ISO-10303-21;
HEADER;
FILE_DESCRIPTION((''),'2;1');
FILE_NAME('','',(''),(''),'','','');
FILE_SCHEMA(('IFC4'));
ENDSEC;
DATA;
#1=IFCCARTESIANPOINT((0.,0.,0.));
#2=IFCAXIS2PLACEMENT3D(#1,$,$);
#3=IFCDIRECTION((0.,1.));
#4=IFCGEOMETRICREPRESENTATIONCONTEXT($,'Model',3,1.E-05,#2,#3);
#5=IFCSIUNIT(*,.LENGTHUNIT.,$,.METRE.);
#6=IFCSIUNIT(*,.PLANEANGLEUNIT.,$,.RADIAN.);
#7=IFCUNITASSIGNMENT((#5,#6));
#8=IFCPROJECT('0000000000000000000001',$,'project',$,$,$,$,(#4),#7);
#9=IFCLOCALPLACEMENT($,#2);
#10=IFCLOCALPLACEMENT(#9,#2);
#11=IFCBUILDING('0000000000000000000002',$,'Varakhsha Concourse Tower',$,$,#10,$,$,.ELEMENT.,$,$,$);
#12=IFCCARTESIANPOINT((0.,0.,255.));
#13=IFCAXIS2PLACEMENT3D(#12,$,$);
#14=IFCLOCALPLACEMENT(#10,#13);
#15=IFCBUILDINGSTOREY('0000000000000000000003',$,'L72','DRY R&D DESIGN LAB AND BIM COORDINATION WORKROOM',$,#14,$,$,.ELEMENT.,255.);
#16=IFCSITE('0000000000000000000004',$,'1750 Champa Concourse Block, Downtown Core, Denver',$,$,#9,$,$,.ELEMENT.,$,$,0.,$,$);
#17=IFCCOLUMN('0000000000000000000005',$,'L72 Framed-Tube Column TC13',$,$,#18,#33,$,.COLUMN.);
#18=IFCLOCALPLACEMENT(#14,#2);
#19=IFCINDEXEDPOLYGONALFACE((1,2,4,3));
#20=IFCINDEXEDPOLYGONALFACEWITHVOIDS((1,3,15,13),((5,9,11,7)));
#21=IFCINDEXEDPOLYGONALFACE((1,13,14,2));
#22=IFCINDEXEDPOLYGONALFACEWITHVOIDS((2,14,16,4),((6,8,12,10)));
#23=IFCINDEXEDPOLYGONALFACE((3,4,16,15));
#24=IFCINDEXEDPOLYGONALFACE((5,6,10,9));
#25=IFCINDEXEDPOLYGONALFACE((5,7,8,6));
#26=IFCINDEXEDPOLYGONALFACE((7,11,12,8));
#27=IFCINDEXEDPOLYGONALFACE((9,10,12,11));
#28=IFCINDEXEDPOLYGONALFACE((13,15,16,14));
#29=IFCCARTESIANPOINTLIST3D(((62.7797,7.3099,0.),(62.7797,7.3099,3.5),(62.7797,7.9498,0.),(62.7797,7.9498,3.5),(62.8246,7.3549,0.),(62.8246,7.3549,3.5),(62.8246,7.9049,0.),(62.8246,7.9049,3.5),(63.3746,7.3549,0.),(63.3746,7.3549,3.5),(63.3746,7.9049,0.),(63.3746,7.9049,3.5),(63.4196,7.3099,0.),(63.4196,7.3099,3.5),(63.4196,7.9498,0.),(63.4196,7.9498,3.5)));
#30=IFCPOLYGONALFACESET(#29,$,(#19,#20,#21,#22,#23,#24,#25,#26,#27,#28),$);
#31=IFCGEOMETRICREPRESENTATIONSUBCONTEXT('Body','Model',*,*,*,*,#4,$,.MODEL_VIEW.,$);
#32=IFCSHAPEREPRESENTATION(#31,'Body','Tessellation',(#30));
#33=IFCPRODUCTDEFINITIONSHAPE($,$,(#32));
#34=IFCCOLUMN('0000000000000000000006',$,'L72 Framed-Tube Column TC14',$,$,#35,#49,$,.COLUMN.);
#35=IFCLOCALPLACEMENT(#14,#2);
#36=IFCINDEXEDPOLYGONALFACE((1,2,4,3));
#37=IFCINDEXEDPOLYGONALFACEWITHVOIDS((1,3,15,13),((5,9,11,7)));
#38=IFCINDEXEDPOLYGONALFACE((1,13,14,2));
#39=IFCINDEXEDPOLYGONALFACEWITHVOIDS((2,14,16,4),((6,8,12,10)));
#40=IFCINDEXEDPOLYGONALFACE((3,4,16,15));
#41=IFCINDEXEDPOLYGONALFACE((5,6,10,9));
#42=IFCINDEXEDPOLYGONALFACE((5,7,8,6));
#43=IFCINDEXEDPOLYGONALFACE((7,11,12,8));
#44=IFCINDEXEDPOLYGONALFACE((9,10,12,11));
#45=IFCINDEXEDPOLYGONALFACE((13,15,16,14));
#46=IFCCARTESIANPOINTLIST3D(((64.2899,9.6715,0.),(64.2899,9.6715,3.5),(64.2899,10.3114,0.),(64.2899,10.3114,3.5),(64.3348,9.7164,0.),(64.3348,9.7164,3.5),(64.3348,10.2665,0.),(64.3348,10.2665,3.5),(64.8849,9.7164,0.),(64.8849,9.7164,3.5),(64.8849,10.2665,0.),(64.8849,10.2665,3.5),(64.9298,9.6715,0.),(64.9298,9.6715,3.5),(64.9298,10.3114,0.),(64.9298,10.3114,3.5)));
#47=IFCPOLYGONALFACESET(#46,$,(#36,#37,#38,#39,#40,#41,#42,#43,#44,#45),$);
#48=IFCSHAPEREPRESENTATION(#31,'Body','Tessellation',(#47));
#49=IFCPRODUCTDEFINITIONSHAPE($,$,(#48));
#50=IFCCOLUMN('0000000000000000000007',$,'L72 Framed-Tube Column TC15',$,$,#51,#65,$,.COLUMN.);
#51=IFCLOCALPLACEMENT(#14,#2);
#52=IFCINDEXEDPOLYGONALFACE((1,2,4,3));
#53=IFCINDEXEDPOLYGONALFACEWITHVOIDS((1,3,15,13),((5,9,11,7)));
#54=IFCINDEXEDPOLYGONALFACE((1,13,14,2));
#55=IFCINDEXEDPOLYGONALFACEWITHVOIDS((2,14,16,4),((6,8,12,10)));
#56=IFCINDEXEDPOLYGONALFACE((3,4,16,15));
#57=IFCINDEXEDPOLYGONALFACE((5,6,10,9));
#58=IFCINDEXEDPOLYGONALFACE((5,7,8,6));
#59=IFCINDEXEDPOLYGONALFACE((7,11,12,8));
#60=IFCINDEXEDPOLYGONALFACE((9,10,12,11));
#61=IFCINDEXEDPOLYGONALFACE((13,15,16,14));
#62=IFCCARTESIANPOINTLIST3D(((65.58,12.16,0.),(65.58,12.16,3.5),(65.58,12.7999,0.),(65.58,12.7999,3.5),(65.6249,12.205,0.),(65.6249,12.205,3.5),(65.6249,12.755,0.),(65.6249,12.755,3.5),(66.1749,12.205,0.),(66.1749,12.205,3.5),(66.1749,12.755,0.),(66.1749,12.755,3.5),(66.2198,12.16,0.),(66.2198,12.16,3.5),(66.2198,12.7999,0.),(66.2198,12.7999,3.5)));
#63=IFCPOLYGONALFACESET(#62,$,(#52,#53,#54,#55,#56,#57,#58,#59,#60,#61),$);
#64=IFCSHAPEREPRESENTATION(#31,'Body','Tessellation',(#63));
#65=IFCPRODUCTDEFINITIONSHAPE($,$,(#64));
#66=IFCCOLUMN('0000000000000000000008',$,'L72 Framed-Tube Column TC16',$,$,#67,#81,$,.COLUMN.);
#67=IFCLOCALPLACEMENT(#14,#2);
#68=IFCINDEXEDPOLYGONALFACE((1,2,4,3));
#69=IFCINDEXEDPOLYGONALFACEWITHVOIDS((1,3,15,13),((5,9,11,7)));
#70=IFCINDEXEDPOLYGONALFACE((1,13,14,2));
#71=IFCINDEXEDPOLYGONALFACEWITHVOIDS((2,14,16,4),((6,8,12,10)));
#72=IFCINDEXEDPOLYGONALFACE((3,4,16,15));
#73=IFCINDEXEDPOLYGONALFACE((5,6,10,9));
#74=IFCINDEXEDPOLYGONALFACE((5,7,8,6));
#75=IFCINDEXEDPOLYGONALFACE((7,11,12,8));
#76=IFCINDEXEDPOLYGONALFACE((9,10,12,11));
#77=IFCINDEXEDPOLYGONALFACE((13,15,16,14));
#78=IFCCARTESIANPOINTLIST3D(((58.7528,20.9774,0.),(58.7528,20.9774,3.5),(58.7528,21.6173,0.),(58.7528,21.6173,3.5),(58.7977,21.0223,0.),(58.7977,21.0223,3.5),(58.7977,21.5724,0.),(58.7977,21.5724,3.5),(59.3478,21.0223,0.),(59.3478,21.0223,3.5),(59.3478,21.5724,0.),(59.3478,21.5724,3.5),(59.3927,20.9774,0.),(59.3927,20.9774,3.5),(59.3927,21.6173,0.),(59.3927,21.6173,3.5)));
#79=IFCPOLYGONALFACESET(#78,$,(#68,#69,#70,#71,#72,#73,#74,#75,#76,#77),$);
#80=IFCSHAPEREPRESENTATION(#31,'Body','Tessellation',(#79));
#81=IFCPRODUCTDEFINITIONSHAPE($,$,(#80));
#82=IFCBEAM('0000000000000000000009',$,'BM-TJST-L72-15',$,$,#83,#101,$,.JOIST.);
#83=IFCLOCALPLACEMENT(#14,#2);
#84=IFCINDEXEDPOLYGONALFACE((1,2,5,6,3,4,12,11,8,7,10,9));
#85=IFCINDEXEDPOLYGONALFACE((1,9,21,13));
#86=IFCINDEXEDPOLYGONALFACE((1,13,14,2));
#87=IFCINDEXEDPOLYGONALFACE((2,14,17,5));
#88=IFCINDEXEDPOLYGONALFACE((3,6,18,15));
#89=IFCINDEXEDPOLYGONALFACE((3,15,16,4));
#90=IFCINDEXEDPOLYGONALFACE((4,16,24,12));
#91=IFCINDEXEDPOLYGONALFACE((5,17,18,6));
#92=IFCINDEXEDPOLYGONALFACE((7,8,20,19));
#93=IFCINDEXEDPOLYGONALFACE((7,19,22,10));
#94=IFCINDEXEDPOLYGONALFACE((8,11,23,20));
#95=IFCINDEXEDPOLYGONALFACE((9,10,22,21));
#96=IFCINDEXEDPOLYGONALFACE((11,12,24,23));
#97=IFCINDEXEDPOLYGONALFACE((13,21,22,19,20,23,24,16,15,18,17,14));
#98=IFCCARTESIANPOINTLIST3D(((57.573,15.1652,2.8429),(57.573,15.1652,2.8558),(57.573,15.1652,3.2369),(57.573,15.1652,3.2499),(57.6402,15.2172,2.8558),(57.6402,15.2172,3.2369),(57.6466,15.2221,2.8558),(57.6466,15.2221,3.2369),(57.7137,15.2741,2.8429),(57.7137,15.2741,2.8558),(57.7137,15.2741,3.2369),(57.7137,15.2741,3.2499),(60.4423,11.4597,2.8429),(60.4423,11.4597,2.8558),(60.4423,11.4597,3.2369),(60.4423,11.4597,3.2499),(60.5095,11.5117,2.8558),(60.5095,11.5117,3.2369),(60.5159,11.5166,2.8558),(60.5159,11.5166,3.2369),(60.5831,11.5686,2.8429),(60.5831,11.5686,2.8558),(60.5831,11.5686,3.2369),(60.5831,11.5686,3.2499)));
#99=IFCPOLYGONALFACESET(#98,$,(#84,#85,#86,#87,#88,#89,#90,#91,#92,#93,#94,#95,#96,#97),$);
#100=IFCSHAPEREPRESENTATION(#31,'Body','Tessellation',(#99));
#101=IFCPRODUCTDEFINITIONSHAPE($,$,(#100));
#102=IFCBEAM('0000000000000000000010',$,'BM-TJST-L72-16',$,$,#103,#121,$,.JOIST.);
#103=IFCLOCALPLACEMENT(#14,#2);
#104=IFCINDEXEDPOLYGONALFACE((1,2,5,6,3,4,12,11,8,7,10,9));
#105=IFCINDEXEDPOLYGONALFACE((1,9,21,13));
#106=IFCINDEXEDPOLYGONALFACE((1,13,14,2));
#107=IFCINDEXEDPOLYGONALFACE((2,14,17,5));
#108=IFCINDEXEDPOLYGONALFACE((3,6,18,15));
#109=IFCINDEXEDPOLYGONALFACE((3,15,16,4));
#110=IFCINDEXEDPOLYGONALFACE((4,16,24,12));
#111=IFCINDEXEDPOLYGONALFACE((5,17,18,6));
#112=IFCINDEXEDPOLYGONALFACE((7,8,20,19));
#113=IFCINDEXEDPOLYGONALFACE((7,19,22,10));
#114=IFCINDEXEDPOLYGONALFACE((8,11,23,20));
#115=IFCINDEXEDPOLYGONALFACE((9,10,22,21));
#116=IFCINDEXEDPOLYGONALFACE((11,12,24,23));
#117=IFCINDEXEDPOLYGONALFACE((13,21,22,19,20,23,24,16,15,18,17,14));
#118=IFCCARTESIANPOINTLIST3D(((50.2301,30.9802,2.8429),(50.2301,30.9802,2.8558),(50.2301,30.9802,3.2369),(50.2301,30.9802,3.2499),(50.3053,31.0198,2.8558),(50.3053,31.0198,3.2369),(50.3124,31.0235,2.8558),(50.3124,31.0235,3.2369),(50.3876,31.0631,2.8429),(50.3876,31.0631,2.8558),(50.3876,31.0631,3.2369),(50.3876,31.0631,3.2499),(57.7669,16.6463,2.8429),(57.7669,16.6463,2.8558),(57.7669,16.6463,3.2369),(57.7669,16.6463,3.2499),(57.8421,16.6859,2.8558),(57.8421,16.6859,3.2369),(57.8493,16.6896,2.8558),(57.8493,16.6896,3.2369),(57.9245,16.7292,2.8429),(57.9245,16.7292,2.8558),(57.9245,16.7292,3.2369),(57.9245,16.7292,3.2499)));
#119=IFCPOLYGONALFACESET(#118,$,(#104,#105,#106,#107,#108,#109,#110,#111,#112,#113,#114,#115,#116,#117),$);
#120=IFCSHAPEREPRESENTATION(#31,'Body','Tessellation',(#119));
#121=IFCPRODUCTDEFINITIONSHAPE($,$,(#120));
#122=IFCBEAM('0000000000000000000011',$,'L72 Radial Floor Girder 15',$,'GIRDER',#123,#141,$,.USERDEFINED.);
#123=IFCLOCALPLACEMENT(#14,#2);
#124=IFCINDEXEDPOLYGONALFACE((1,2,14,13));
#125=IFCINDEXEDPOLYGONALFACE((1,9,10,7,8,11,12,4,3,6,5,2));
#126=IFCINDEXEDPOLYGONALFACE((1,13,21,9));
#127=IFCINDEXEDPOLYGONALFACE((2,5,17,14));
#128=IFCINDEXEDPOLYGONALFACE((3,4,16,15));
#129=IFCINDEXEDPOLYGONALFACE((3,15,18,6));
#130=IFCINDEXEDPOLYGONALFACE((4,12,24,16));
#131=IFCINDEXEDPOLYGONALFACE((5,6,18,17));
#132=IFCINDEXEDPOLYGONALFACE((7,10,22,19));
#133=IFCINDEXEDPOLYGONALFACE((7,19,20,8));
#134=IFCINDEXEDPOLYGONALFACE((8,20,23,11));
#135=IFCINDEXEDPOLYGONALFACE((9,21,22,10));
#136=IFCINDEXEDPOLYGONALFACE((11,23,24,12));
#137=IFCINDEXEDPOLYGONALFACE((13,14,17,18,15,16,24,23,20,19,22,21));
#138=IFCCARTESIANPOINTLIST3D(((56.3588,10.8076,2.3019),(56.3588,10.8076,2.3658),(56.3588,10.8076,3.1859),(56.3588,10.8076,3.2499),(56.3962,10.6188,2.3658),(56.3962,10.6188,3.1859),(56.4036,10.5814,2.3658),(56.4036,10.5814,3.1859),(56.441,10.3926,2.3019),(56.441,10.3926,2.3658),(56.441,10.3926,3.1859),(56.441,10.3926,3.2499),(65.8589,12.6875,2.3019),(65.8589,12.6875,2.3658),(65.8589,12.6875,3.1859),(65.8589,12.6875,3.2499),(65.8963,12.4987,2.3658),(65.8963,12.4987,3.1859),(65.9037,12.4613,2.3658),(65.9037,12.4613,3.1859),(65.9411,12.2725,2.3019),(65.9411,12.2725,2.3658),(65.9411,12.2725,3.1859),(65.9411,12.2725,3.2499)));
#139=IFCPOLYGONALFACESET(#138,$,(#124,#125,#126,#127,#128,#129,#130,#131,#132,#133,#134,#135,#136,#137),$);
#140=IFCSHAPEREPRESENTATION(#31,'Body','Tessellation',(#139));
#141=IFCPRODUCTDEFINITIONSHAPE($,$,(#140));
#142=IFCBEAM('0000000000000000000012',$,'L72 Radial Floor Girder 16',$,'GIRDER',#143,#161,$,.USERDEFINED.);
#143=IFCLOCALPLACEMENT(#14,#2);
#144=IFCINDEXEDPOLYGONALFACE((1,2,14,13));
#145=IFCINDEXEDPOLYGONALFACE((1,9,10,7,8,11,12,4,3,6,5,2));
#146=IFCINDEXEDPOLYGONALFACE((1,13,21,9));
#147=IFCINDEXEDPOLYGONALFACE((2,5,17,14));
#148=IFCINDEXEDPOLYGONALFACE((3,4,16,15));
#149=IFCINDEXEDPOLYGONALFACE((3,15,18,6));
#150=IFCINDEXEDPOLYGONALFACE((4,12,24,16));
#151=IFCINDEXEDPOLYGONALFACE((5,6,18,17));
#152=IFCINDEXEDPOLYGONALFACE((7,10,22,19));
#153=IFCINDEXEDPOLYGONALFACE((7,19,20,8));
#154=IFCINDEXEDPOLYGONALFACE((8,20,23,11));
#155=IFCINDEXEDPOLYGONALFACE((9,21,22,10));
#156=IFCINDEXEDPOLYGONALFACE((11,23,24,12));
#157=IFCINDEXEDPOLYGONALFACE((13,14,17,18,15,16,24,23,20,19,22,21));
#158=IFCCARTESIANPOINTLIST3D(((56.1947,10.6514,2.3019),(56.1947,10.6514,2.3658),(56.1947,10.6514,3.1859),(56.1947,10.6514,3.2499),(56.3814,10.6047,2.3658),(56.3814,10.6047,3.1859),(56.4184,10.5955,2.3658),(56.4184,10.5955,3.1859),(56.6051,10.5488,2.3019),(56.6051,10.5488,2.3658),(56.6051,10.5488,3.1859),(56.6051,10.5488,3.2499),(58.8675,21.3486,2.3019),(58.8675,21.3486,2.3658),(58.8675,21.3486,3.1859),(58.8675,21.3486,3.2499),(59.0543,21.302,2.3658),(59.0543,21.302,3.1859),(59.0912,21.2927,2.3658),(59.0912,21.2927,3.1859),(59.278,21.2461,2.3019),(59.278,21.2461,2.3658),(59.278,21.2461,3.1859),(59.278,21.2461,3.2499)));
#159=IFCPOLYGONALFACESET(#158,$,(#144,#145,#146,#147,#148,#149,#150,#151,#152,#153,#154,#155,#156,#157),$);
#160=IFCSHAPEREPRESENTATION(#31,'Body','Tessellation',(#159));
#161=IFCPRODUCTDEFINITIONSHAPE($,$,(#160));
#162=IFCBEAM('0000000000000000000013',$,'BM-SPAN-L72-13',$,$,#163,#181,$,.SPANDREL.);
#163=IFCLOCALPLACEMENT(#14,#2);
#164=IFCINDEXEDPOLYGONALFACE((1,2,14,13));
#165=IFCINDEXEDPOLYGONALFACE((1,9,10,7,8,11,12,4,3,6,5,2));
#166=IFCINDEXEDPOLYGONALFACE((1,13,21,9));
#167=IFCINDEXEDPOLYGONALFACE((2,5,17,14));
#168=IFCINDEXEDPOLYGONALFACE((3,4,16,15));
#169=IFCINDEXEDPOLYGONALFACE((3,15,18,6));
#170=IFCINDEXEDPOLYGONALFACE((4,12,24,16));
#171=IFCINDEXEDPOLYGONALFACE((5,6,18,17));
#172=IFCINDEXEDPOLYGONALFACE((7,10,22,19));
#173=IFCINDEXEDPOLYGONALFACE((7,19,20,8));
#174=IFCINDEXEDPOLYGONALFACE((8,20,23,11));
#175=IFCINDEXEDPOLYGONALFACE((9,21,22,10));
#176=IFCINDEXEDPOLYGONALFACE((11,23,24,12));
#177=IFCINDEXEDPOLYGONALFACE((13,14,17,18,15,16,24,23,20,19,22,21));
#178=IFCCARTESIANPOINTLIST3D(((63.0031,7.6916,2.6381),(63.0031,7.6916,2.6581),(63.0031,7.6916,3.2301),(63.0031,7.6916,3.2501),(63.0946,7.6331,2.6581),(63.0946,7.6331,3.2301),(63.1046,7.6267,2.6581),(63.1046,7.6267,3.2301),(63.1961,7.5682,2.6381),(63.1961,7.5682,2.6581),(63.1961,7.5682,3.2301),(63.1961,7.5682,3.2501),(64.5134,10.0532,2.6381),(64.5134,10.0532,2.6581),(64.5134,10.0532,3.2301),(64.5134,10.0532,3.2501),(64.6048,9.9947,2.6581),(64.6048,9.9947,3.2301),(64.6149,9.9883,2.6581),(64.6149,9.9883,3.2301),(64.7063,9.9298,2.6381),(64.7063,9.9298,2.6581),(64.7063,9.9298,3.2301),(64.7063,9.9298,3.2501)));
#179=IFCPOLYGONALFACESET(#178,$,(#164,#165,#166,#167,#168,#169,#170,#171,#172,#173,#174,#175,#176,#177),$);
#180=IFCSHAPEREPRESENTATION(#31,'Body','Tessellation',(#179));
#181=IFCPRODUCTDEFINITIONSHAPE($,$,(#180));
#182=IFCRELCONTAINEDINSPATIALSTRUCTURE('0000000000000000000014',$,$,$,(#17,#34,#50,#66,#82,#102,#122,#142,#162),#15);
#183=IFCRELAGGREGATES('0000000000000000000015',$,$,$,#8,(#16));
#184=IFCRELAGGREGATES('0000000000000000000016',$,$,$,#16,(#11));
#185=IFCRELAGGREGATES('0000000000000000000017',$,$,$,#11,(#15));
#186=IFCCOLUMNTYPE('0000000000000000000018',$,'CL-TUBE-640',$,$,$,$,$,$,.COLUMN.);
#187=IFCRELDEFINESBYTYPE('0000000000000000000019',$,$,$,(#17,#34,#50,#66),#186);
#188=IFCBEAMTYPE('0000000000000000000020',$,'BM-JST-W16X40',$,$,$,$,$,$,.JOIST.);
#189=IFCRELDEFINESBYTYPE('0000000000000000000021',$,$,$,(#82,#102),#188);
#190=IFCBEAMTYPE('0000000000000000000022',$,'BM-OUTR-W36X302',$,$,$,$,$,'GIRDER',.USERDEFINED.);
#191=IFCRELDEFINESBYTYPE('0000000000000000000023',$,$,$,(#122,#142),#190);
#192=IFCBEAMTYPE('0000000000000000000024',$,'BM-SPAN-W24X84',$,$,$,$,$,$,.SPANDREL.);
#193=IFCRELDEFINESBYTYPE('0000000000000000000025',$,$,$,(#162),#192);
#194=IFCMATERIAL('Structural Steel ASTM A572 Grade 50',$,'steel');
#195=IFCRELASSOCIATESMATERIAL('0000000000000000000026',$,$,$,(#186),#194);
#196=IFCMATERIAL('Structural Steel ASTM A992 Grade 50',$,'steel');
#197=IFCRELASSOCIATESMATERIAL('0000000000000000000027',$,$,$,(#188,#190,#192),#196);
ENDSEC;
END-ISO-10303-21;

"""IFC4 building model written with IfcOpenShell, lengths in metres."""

from ifc_helpers import new_model, si_unit, direction, frame, origin, origin_2d, place, context, subcontext, project, spatial, hollow_rectangle, i_section, extrude, material, material_profile, profile_set, type_object, element, save


model = new_model("IFC4")

# Units and contexts
model_context = context("Model", 3, precision=1e-05, world=origin(), true_north=direction((0.0, 1.0)))
body_context = subcontext(model_context, "Body", "Model", "MODEL_VIEW")
ifc_project = project(units=[si_unit("LENGTHUNIT", "METRE"), si_unit("PLANEANGLEUNIT", "RADIAN")], contexts=[model_context])

# Site, building, storey
site_placement = place(None, origin())
site = spatial("IfcSite", under=ifc_project, at=site_placement, Name="1750 Champa Concourse Block, Downtown Core, Denver", CompositionType="ELEMENT", RefElevation=0.0)
building_placement = place(site_placement, origin())
building = spatial("IfcBuilding", under=site, at=building_placement, Name="Varakhsha Concourse Tower", CompositionType="ELEMENT")
storey_placement = place(building_placement, frame((0.0, 0.0, 255.0)))
storey = spatial("IfcBuildingStorey", under=building, at=storey_placement, Name="L72", Description="DRY R&D DESIGN LAB AND BIM COORDINATION WORKROOM", CompositionType="ELEMENT", Elevation=255.0)

# Columns
ifc_material_1 = material(Name="Structural Steel ASTM A572 Grade 50", Category="steel")
ifc_material_profile_1 = material_profile(ifc_material_1, hollow_rectangle(XDim=0.6399, YDim=0.6399, WallThickness=0.0449, at=origin_2d()), Name="BOX 640x640x45")
ifc_profile_set_1 = profile_set([ifc_material_profile_1], Name="Structural Steel ASTM A572 Grade 50")
column_type = type_object("IfcColumnType", Name="CL-TUBE-640", PredefinedType="COLUMN", material=ifc_profile_set_1)
for number, where, z_axis, x_axis, name in (
    (1, (63.0996, 7.6299, 0.0), (0.0, 0.0, 1.0), (1.0, 0.0, 0.0), "L72 Framed-Tube Column TC13"),
    (2, (64.6099, 9.9915, 0.0), (0.0, 0.0, 1.0), (1.0, 0.0, 0.0), "L72 Framed-Tube Column TC14"),
    (3, (65.8999, 12.48, 0.0), (0.0, 0.0, 1.0), (1.0, 0.0, 0.0), "L72 Framed-Tube Column TC15"),
    (4, (59.0728, 21.2974, 0.0), (0.0, 0.0, 1.0), (1.0, 0.0, 0.0), "L72 Framed-Tube Column TC16"),
):
    element("IfcColumn", number, at=place(storey_placement, frame(where, z_axis=z_axis, x_axis=x_axis)), inside=storey, type_object=column_type, Name=name, PredefinedType="COLUMN", context=body_context, shape_type="SweptSolid", body=[
        extrude(hollow_rectangle(XDim=0.6399, YDim=0.6399, WallThickness=0.0449, at=origin_2d()), origin(), (0.0, 0.0, 1.0), 3.5),
    ])

# Beams
ifc_material_2 = material(Name="Structural Steel ASTM A992 Grade 50", Category="steel")
ifc_material_profile_2 = material_profile(ifc_material_2, i_section(OverallWidth=0.178, OverallDepth=0.407, WebThickness=0.0081, FlangeThickness=0.0129, at=origin_2d()), Name="W16X40")
ifc_profile_set_2 = profile_set([ifc_material_profile_2], Name="Structural Steel ASTM A992 Grade 50")
beam_type_1 = type_object("IfcBeamType", Name="BM-JST-W16X40", PredefinedType="JOIST", material=ifc_profile_set_2)
beam_1_placement = place(storey_placement, frame((60.5127, 11.5142, 3.0464), z_axis=(-0.612248, 0.790666, 0.0), x_axis=(-0.790666, -0.612248, 0.0)))
element("IfcBeam", 5, at=beam_1_placement, inside=storey, type_object=beam_type_1, Name="BM-TJST-L72-15", PredefinedType="JOIST", context=body_context, shape_type="SweptSolid", body=[
    extrude(i_section(OverallWidth=0.178, OverallDepth=0.407, WebThickness=0.0081, FlangeThickness=0.0129, at=origin_2d()), origin(), (0.0, 0.0, 1.0), 4.6865),
])
beam_2_placement = place(storey_placement, frame((57.8457, 16.6877, 3.0464), z_axis=(-0.465392, 0.885105, 0.0), x_axis=(-0.885105, -0.465392, 0.0)))
element("IfcBeam", 6, at=beam_2_placement, inside=storey, type_object=beam_type_1, Name="BM-TJST-L72-16", PredefinedType="JOIST", context=body_context, shape_type="SweptSolid", body=[
    extrude(i_section(OverallWidth=0.178, OverallDepth=0.407, WebThickness=0.0081, FlangeThickness=0.0129, at=origin_2d()), origin(), (0.0, 0.0, 1.0), 16.1946),
])
ifc_material_profile_3 = material_profile(ifc_material_2, i_section(OverallWidth=0.4231, OverallDepth=0.948, WebThickness=0.0381, FlangeThickness=0.064, at=origin_2d()), Name="W36X302")
ifc_profile_set_3 = profile_set([ifc_material_profile_3], Name="Structural Steel ASTM A992 Grade 50")
beam_type_2 = type_object("IfcBeamType", Name="BM-OUTR-W36X302", ElementType="GIRDER", PredefinedType="USERDEFINED", material=ifc_profile_set_3)
beam_3_placement = place(storey_placement, frame((56.3999, 10.6001, 2.7759), z_axis=(0.980978, 0.194118, 0.0), x_axis=(-0.194118, 0.980978, 0.0)))
element("IfcBeam", 7, at=beam_3_placement, inside=storey, type_object=beam_type_2, Name="L72 Radial Floor Girder 15", ObjectType="GIRDER", PredefinedType="USERDEFINED", context=body_context, shape_type="SweptSolid", body=[
    extrude(i_section(OverallWidth=0.4231, OverallDepth=0.948, WebThickness=0.0381, FlangeThickness=0.064, at=origin_2d()), origin(), (0.0, 0.0, 1.0), 9.6843),
])
beam_4_placement = place(storey_placement, frame((56.3999, 10.6001, 2.7759), z_axis=(0.242411, 0.970174, 0.0), x_axis=(-0.970174, 0.242411, 0.0)))
element("IfcBeam", 8, at=beam_4_placement, inside=storey, type_object=beam_type_2, Name="L72 Radial Floor Girder 16", ObjectType="GIRDER", PredefinedType="USERDEFINED", context=body_context, shape_type="SweptSolid", body=[
    extrude(i_section(OverallWidth=0.4231, OverallDepth=0.948, WebThickness=0.0381, FlangeThickness=0.064, at=origin_2d()), origin(), (0.0, 0.0, 1.0), 11.0261),
])
ifc_material_profile_4 = material_profile(ifc_material_2, i_section(OverallWidth=0.229, OverallDepth=0.6121, WebThickness=0.012, FlangeThickness=0.02, at=origin_2d()), Name="W24X84")
ifc_profile_set_4 = profile_set([ifc_material_profile_4], Name="Structural Steel ASTM A992 Grade 50")
beam_type_3 = type_object("IfcBeamType", Name="BM-SPAN-W24X84", PredefinedType="SPANDREL", material=ifc_profile_set_4)
beam_5_placement = place(storey_placement, frame((63.0996, 7.6299, 2.9441), z_axis=(0.538762, 0.842458, 0.0), x_axis=(-0.842458, 0.538762, 0.0)))
element("IfcBeam", 9, at=beam_5_placement, inside=storey, type_object=beam_type_3, Name="BM-SPAN-L72-13", PredefinedType="SPANDREL", context=body_context, shape_type="SweptSolid", body=[
    extrude(i_section(OverallWidth=0.229, OverallDepth=0.6121, WebThickness=0.012, FlangeThickness=0.02, at=origin_2d()), origin(), (0.0, 0.0, 1.0), 2.8032),
])

save(model, "model.ifc")
